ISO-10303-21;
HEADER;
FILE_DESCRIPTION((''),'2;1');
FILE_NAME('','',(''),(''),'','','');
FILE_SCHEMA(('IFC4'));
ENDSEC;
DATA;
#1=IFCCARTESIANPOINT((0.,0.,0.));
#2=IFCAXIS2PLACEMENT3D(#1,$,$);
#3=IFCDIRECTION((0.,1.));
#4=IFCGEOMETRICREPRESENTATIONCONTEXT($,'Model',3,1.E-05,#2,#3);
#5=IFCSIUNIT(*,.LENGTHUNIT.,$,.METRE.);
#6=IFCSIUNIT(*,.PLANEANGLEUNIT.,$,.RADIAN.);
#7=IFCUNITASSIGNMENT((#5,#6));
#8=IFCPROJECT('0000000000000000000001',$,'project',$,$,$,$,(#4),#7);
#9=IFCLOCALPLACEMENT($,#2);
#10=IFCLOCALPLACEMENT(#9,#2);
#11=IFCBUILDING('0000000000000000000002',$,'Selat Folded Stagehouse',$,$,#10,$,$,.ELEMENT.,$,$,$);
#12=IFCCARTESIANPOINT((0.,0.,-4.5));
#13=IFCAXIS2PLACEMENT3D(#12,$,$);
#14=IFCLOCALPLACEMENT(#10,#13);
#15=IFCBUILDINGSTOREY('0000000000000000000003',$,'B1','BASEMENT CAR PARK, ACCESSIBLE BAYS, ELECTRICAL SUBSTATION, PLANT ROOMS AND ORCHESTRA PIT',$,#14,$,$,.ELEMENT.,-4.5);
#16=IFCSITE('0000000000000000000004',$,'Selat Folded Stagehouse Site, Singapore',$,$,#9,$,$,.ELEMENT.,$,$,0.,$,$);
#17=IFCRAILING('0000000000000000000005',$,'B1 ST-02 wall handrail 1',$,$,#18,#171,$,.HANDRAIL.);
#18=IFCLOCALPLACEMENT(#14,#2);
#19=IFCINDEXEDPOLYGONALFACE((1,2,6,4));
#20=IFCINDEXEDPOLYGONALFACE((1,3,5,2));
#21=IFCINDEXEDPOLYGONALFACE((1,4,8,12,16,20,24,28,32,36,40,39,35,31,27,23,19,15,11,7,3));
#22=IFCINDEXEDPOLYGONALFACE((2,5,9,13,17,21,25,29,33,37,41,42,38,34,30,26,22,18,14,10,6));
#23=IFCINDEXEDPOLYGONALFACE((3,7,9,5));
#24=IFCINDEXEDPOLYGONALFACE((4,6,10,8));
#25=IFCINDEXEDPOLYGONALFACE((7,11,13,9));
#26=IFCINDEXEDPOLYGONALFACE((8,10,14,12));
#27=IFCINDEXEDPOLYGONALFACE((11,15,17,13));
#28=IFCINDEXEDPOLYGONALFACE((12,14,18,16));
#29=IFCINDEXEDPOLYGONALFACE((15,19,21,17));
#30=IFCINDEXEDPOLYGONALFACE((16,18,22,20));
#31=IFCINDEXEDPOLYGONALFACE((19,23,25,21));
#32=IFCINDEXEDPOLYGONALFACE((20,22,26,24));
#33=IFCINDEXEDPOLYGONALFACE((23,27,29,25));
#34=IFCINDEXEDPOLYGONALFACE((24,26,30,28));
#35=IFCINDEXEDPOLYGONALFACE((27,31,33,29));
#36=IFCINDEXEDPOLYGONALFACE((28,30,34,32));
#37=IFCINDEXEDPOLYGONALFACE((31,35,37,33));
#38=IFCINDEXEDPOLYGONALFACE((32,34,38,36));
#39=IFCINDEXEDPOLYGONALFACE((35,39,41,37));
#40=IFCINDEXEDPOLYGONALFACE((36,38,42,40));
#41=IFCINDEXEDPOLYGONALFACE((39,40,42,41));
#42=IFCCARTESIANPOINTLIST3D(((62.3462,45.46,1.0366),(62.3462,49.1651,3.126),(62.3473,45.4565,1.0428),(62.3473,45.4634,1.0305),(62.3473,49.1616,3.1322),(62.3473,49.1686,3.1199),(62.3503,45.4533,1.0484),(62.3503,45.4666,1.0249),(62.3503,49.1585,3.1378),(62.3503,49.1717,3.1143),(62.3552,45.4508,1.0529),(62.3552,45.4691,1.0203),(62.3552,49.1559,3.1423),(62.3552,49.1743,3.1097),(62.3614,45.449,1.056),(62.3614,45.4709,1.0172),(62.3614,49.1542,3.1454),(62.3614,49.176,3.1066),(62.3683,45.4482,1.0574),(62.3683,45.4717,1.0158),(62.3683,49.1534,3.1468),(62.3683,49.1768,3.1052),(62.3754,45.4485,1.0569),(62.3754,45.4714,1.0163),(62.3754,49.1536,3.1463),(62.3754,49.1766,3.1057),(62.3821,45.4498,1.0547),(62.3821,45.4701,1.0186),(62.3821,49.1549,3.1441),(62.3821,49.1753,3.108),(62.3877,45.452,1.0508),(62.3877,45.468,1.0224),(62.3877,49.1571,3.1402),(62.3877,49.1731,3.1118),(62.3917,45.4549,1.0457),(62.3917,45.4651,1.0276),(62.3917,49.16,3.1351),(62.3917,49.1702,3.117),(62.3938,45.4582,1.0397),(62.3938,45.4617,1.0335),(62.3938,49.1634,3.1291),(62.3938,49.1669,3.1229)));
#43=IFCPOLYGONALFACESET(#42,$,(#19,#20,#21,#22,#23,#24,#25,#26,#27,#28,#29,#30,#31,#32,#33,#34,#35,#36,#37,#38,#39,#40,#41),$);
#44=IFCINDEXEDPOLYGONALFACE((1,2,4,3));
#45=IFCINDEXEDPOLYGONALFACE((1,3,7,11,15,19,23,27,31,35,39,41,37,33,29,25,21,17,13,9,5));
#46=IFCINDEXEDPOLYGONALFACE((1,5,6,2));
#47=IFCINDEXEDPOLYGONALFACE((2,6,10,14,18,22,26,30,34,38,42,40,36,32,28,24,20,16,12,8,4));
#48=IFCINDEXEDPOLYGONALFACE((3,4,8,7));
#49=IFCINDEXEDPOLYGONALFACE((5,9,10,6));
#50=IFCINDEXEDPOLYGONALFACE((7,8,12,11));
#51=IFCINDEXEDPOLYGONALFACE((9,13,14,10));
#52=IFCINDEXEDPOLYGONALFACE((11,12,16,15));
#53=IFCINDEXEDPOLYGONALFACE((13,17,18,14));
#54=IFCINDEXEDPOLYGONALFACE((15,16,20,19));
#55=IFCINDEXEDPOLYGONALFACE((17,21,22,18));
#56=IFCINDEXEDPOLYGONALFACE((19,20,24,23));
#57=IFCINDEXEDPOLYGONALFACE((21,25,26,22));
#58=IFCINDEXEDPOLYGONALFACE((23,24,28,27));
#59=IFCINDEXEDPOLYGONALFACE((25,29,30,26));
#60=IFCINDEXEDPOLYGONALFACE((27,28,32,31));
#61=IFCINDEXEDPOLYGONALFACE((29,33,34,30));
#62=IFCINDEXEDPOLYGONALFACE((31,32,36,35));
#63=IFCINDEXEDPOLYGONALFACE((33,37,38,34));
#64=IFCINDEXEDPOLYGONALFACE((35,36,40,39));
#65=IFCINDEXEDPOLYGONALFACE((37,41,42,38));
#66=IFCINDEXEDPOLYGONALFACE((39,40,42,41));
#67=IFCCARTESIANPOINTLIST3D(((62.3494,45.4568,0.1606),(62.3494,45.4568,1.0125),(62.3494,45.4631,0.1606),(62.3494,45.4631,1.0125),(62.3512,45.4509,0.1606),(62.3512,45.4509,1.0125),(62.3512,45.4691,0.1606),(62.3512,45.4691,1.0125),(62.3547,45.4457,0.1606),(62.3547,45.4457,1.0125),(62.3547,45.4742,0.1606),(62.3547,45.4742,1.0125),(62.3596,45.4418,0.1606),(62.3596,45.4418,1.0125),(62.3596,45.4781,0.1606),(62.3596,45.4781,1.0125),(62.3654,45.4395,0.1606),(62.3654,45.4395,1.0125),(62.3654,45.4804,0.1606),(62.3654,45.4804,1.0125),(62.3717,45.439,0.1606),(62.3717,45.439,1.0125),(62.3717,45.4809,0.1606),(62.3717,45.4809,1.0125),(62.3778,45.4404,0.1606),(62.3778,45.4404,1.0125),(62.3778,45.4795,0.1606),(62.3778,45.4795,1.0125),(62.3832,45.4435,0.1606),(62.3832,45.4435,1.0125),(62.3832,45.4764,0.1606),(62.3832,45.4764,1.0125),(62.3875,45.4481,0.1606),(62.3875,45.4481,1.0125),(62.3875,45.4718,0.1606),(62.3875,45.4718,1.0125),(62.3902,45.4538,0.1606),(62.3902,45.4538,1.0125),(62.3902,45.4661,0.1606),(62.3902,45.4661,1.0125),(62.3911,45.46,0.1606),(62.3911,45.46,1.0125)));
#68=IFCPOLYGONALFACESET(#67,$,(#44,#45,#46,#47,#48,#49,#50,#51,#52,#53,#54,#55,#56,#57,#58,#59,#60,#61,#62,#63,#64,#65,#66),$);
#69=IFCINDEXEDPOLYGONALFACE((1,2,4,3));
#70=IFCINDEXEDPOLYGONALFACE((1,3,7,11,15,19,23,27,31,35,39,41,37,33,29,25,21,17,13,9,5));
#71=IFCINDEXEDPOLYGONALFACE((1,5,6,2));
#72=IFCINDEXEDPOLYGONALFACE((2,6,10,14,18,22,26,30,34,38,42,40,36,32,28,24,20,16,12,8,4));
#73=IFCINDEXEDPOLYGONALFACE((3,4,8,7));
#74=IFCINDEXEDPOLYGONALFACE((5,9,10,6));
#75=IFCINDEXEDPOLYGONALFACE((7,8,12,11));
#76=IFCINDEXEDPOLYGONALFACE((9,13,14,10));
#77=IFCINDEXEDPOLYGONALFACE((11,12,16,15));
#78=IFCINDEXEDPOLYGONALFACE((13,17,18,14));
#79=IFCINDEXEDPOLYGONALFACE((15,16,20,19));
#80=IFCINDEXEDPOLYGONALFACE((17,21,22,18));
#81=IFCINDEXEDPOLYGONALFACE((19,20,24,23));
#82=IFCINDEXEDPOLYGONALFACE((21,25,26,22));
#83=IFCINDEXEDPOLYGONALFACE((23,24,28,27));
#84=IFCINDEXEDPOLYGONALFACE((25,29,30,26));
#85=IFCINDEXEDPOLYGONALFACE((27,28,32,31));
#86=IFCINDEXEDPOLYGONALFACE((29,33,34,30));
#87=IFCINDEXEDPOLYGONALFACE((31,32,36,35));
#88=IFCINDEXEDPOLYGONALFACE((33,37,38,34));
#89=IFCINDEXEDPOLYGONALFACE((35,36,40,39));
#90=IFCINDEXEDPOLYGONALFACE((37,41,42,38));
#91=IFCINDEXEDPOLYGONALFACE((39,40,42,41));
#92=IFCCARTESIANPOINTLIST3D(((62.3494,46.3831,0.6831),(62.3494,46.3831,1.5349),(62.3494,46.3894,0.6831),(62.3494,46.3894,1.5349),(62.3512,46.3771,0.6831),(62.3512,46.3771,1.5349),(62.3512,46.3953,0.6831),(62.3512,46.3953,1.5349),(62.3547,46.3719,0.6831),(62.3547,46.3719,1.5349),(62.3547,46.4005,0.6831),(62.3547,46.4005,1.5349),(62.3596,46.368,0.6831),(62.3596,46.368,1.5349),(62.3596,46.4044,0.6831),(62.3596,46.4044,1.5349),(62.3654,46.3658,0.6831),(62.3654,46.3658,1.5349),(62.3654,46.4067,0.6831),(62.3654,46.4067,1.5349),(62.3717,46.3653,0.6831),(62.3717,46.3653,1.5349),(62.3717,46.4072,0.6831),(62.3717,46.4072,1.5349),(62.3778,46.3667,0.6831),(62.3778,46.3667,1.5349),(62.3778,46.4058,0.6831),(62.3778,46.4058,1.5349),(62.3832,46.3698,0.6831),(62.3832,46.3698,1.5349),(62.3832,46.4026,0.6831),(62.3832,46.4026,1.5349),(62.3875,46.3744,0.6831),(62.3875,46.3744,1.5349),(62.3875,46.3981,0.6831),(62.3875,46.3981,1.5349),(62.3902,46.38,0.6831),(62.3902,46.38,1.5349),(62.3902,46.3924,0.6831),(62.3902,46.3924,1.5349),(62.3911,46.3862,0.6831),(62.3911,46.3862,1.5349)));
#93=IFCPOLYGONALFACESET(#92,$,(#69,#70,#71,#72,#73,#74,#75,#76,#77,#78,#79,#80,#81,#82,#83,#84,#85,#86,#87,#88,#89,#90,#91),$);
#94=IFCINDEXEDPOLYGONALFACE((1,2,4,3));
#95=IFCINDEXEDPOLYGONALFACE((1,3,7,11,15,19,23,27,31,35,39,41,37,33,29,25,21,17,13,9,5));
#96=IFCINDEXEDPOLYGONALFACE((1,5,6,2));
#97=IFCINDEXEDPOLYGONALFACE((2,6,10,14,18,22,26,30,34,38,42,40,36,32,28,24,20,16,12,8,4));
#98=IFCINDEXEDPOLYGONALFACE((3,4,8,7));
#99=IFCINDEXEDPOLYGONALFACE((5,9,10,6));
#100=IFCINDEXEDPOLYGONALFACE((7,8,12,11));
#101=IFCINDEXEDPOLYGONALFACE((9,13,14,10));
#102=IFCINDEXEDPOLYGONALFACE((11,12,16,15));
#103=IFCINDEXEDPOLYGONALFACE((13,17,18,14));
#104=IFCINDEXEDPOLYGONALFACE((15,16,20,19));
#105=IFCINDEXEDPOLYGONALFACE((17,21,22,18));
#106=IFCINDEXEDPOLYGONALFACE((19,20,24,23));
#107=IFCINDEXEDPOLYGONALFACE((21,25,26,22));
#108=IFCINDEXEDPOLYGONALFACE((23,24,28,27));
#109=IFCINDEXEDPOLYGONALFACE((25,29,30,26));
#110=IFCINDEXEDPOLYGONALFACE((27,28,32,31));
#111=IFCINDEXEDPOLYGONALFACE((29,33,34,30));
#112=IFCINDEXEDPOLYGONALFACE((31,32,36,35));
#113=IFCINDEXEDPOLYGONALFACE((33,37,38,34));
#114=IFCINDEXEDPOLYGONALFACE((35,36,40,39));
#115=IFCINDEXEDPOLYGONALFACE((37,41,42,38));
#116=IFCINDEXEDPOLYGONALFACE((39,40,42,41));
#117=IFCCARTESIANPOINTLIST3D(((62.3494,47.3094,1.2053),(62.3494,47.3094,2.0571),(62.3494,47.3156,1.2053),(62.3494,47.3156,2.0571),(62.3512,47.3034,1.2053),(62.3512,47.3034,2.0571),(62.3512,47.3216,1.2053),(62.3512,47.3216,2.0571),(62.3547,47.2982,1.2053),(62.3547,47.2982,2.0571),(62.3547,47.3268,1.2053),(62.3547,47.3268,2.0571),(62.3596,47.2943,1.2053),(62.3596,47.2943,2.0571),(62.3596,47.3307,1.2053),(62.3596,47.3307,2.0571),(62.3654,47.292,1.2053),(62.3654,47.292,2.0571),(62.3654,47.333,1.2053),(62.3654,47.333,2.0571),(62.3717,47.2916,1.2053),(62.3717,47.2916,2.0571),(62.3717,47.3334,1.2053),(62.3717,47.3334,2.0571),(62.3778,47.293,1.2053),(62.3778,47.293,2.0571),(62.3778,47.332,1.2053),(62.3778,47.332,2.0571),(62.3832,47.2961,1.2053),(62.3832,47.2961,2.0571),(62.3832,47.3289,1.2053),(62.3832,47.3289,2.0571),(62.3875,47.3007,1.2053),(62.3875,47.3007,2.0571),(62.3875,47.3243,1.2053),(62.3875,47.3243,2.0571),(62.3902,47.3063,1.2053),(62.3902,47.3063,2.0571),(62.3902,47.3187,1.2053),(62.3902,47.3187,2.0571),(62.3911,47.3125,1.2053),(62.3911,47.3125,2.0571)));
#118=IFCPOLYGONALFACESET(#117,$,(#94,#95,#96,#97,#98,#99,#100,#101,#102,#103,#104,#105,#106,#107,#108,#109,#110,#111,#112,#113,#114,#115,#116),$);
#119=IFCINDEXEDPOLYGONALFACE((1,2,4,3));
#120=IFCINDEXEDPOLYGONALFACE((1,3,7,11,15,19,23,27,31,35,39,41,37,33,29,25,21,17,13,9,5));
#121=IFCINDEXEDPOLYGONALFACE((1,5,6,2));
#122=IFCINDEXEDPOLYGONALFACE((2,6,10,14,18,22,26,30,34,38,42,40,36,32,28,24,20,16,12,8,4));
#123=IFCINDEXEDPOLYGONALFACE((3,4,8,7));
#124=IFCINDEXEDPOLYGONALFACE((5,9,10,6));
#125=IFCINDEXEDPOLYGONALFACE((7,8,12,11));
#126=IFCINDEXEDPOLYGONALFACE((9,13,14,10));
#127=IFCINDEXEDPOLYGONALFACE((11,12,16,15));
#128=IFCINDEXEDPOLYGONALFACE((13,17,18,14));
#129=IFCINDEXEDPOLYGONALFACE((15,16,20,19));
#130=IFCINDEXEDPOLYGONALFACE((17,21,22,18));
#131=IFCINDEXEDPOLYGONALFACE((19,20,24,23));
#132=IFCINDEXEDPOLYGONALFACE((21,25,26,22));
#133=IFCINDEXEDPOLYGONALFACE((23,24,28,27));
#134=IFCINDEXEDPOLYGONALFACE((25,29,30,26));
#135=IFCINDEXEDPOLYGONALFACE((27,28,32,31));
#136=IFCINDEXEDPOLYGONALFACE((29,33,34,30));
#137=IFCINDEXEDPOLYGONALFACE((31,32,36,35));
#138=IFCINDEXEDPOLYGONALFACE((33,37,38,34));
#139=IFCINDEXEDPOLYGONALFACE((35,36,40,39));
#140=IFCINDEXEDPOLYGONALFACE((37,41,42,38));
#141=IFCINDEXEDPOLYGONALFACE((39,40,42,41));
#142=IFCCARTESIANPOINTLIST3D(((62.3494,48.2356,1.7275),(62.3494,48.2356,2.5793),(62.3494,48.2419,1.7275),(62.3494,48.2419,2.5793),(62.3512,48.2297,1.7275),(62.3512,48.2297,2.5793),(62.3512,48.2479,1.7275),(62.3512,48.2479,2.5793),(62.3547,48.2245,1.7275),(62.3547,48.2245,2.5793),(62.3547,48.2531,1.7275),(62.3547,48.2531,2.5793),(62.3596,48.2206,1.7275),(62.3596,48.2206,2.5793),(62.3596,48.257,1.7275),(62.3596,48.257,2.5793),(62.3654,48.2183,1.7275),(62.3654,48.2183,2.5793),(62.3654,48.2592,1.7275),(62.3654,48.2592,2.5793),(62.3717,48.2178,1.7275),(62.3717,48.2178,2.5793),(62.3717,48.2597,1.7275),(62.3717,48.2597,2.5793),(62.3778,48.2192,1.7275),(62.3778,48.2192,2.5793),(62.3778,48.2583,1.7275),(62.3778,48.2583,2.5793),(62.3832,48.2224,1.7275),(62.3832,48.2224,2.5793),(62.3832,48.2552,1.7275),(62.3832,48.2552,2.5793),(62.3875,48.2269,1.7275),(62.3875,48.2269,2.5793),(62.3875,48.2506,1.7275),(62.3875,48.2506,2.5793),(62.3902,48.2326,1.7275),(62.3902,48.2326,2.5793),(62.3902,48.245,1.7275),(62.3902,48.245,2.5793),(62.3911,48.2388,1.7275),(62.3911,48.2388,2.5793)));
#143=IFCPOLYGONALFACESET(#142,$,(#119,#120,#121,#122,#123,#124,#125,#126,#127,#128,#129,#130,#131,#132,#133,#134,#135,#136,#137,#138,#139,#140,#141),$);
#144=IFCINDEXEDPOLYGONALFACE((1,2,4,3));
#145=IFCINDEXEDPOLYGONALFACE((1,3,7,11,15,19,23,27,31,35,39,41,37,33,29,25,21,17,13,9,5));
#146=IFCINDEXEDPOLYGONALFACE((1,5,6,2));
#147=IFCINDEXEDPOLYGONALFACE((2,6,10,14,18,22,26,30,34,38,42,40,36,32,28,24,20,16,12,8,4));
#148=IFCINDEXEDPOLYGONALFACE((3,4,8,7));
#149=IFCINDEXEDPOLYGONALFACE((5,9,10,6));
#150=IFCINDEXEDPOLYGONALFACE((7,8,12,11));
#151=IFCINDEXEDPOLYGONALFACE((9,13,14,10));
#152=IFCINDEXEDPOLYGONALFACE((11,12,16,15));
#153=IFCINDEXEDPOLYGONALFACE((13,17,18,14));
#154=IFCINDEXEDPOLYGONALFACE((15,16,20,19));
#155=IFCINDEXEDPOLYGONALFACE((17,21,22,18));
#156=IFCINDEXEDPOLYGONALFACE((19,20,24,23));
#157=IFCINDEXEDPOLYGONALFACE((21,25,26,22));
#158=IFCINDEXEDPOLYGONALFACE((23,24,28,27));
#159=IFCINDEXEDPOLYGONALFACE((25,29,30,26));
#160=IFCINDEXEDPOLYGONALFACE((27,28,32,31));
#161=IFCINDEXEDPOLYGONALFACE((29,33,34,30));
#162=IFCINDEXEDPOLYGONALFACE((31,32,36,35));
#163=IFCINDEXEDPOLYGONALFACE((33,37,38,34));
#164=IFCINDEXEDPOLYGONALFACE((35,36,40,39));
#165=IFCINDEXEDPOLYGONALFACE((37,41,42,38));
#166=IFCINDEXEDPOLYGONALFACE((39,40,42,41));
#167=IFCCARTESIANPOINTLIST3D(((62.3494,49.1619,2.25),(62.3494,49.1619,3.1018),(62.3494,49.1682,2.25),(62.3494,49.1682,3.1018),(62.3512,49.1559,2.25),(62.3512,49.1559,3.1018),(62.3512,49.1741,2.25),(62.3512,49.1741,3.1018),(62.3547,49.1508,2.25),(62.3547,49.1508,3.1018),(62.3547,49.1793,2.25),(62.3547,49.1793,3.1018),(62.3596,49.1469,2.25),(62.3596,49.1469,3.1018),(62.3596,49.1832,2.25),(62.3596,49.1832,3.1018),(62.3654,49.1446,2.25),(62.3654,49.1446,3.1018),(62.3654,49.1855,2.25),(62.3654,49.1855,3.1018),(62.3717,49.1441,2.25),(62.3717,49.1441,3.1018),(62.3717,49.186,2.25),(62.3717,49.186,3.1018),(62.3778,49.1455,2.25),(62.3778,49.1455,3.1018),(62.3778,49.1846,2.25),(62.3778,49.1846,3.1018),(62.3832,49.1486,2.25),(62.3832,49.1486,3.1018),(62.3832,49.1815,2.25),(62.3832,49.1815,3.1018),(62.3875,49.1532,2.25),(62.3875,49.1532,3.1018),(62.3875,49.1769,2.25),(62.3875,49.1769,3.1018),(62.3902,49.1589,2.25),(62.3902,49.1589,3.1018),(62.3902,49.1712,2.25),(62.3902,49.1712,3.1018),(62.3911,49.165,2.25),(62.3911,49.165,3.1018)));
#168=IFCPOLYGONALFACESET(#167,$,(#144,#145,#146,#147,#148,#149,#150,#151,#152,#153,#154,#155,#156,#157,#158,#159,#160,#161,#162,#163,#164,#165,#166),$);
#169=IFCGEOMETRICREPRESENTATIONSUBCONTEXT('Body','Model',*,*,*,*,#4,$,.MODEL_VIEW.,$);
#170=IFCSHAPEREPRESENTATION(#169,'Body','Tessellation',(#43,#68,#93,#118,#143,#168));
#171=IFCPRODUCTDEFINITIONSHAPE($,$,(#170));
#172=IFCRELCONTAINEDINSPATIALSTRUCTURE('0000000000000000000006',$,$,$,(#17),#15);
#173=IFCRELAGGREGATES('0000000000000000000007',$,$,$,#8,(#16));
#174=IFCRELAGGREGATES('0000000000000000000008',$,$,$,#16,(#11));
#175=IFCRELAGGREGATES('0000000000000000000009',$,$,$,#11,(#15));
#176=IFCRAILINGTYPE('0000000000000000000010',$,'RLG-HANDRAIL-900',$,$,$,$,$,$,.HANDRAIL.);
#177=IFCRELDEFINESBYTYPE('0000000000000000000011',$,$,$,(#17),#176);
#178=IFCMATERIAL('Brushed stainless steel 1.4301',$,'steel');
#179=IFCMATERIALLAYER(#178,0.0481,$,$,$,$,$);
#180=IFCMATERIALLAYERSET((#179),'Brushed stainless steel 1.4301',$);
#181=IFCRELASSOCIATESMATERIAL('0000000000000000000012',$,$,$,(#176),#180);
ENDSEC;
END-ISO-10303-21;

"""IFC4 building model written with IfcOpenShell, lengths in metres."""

from ifc_helpers import new_model, si_unit, direction, frame, origin, origin_2d, place, context, subcontext, project, spatial, circle, extrude, material, layer, layer_set, type_object, element, save


model = new_model("IFC4")

# Units and contexts
model_context = context("Model", 3, precision=1e-05, world=origin(), true_north=direction((0.0, 1.0)))
body_context = subcontext(model_context, "Body", "Model", "MODEL_VIEW")
ifc_project = project(units=[si_unit("LENGTHUNIT", "METRE"), si_unit("PLANEANGLEUNIT", "RADIAN")], contexts=[model_context])

# Site, building, storey
site_placement = place(None, origin())
site = spatial("IfcSite", under=ifc_project, at=site_placement, Name="Selat Folded Stagehouse Site, Singapore", CompositionType="ELEMENT", RefElevation=0.0)
building_placement = place(site_placement, origin())
building = spatial("IfcBuilding", under=site, at=building_placement, Name="Selat Folded Stagehouse", CompositionType="ELEMENT")
storey_placement = place(building_placement, frame((0.0, 0.0, -4.5)))
storey = spatial("IfcBuildingStorey", under=building, at=storey_placement, Name="B1", Description="BASEMENT CAR PARK, ACCESSIBLE BAYS, ELECTRICAL SUBSTATION, PLANT ROOMS AND ORCHESTRA PIT", CompositionType="ELEMENT", Elevation=-4.5)

# Railing
ifc_material_1 = material(Name="Brushed stainless steel 1.4301", Category="steel")
ifc_layer_1 = layer(ifc_material_1, 0.0481)
ifc_layer_set_1 = layer_set([ifc_layer_1], Name="Brushed stainless steel 1.4301")
railing_type_1 = type_object("IfcRailingType", Name="RLG-HANDRAIL-900", PredefinedType="HANDRAIL", material=ifc_layer_set_1)
railing_1_placement = place(storey_placement, frame((62.3701, 45.46, 0.1606)))
element("IfcRailing", 1, at=railing_1_placement, inside=storey, type_object=railing_type_1, Name="B1 ST-02 wall handrail 1", PredefinedType="HANDRAIL", context=body_context, shape_type="SweptSolid", body=[
    extrude(circle(Radius=0.0239, at=origin_2d()), frame((0.0, 0.0, 0.876), z_axis=(0.0, 0.871048, 0.491198), x_axis=(-1.0, 0.0, 0.0)), (0.0, 0.0, 1.0), 4.2537),
    extrude(circle(Radius=0.021, at=origin_2d()), origin(), (0.0, 0.0, 1.0), 0.8518),
    extrude(circle(Radius=0.021, at=origin_2d()), frame((0.0, 0.9263, 0.5225)), (0.0, 0.0, 1.0), 0.8518),
    extrude(circle(Radius=0.021, at=origin_2d()), frame((0.0, 1.8525, 1.0447)), (0.0, 0.0, 1.0), 0.8518),
    extrude(circle(Radius=0.021, at=origin_2d()), frame((0.0, 2.7788, 1.5669)), (0.0, 0.0, 1.0), 0.8518),
    extrude(circle(Radius=0.021, at=origin_2d()), frame((0.0, 3.7051, 2.0894)), (0.0, 0.0, 1.0), 0.8518),
])

save(model, "model.ifc")
